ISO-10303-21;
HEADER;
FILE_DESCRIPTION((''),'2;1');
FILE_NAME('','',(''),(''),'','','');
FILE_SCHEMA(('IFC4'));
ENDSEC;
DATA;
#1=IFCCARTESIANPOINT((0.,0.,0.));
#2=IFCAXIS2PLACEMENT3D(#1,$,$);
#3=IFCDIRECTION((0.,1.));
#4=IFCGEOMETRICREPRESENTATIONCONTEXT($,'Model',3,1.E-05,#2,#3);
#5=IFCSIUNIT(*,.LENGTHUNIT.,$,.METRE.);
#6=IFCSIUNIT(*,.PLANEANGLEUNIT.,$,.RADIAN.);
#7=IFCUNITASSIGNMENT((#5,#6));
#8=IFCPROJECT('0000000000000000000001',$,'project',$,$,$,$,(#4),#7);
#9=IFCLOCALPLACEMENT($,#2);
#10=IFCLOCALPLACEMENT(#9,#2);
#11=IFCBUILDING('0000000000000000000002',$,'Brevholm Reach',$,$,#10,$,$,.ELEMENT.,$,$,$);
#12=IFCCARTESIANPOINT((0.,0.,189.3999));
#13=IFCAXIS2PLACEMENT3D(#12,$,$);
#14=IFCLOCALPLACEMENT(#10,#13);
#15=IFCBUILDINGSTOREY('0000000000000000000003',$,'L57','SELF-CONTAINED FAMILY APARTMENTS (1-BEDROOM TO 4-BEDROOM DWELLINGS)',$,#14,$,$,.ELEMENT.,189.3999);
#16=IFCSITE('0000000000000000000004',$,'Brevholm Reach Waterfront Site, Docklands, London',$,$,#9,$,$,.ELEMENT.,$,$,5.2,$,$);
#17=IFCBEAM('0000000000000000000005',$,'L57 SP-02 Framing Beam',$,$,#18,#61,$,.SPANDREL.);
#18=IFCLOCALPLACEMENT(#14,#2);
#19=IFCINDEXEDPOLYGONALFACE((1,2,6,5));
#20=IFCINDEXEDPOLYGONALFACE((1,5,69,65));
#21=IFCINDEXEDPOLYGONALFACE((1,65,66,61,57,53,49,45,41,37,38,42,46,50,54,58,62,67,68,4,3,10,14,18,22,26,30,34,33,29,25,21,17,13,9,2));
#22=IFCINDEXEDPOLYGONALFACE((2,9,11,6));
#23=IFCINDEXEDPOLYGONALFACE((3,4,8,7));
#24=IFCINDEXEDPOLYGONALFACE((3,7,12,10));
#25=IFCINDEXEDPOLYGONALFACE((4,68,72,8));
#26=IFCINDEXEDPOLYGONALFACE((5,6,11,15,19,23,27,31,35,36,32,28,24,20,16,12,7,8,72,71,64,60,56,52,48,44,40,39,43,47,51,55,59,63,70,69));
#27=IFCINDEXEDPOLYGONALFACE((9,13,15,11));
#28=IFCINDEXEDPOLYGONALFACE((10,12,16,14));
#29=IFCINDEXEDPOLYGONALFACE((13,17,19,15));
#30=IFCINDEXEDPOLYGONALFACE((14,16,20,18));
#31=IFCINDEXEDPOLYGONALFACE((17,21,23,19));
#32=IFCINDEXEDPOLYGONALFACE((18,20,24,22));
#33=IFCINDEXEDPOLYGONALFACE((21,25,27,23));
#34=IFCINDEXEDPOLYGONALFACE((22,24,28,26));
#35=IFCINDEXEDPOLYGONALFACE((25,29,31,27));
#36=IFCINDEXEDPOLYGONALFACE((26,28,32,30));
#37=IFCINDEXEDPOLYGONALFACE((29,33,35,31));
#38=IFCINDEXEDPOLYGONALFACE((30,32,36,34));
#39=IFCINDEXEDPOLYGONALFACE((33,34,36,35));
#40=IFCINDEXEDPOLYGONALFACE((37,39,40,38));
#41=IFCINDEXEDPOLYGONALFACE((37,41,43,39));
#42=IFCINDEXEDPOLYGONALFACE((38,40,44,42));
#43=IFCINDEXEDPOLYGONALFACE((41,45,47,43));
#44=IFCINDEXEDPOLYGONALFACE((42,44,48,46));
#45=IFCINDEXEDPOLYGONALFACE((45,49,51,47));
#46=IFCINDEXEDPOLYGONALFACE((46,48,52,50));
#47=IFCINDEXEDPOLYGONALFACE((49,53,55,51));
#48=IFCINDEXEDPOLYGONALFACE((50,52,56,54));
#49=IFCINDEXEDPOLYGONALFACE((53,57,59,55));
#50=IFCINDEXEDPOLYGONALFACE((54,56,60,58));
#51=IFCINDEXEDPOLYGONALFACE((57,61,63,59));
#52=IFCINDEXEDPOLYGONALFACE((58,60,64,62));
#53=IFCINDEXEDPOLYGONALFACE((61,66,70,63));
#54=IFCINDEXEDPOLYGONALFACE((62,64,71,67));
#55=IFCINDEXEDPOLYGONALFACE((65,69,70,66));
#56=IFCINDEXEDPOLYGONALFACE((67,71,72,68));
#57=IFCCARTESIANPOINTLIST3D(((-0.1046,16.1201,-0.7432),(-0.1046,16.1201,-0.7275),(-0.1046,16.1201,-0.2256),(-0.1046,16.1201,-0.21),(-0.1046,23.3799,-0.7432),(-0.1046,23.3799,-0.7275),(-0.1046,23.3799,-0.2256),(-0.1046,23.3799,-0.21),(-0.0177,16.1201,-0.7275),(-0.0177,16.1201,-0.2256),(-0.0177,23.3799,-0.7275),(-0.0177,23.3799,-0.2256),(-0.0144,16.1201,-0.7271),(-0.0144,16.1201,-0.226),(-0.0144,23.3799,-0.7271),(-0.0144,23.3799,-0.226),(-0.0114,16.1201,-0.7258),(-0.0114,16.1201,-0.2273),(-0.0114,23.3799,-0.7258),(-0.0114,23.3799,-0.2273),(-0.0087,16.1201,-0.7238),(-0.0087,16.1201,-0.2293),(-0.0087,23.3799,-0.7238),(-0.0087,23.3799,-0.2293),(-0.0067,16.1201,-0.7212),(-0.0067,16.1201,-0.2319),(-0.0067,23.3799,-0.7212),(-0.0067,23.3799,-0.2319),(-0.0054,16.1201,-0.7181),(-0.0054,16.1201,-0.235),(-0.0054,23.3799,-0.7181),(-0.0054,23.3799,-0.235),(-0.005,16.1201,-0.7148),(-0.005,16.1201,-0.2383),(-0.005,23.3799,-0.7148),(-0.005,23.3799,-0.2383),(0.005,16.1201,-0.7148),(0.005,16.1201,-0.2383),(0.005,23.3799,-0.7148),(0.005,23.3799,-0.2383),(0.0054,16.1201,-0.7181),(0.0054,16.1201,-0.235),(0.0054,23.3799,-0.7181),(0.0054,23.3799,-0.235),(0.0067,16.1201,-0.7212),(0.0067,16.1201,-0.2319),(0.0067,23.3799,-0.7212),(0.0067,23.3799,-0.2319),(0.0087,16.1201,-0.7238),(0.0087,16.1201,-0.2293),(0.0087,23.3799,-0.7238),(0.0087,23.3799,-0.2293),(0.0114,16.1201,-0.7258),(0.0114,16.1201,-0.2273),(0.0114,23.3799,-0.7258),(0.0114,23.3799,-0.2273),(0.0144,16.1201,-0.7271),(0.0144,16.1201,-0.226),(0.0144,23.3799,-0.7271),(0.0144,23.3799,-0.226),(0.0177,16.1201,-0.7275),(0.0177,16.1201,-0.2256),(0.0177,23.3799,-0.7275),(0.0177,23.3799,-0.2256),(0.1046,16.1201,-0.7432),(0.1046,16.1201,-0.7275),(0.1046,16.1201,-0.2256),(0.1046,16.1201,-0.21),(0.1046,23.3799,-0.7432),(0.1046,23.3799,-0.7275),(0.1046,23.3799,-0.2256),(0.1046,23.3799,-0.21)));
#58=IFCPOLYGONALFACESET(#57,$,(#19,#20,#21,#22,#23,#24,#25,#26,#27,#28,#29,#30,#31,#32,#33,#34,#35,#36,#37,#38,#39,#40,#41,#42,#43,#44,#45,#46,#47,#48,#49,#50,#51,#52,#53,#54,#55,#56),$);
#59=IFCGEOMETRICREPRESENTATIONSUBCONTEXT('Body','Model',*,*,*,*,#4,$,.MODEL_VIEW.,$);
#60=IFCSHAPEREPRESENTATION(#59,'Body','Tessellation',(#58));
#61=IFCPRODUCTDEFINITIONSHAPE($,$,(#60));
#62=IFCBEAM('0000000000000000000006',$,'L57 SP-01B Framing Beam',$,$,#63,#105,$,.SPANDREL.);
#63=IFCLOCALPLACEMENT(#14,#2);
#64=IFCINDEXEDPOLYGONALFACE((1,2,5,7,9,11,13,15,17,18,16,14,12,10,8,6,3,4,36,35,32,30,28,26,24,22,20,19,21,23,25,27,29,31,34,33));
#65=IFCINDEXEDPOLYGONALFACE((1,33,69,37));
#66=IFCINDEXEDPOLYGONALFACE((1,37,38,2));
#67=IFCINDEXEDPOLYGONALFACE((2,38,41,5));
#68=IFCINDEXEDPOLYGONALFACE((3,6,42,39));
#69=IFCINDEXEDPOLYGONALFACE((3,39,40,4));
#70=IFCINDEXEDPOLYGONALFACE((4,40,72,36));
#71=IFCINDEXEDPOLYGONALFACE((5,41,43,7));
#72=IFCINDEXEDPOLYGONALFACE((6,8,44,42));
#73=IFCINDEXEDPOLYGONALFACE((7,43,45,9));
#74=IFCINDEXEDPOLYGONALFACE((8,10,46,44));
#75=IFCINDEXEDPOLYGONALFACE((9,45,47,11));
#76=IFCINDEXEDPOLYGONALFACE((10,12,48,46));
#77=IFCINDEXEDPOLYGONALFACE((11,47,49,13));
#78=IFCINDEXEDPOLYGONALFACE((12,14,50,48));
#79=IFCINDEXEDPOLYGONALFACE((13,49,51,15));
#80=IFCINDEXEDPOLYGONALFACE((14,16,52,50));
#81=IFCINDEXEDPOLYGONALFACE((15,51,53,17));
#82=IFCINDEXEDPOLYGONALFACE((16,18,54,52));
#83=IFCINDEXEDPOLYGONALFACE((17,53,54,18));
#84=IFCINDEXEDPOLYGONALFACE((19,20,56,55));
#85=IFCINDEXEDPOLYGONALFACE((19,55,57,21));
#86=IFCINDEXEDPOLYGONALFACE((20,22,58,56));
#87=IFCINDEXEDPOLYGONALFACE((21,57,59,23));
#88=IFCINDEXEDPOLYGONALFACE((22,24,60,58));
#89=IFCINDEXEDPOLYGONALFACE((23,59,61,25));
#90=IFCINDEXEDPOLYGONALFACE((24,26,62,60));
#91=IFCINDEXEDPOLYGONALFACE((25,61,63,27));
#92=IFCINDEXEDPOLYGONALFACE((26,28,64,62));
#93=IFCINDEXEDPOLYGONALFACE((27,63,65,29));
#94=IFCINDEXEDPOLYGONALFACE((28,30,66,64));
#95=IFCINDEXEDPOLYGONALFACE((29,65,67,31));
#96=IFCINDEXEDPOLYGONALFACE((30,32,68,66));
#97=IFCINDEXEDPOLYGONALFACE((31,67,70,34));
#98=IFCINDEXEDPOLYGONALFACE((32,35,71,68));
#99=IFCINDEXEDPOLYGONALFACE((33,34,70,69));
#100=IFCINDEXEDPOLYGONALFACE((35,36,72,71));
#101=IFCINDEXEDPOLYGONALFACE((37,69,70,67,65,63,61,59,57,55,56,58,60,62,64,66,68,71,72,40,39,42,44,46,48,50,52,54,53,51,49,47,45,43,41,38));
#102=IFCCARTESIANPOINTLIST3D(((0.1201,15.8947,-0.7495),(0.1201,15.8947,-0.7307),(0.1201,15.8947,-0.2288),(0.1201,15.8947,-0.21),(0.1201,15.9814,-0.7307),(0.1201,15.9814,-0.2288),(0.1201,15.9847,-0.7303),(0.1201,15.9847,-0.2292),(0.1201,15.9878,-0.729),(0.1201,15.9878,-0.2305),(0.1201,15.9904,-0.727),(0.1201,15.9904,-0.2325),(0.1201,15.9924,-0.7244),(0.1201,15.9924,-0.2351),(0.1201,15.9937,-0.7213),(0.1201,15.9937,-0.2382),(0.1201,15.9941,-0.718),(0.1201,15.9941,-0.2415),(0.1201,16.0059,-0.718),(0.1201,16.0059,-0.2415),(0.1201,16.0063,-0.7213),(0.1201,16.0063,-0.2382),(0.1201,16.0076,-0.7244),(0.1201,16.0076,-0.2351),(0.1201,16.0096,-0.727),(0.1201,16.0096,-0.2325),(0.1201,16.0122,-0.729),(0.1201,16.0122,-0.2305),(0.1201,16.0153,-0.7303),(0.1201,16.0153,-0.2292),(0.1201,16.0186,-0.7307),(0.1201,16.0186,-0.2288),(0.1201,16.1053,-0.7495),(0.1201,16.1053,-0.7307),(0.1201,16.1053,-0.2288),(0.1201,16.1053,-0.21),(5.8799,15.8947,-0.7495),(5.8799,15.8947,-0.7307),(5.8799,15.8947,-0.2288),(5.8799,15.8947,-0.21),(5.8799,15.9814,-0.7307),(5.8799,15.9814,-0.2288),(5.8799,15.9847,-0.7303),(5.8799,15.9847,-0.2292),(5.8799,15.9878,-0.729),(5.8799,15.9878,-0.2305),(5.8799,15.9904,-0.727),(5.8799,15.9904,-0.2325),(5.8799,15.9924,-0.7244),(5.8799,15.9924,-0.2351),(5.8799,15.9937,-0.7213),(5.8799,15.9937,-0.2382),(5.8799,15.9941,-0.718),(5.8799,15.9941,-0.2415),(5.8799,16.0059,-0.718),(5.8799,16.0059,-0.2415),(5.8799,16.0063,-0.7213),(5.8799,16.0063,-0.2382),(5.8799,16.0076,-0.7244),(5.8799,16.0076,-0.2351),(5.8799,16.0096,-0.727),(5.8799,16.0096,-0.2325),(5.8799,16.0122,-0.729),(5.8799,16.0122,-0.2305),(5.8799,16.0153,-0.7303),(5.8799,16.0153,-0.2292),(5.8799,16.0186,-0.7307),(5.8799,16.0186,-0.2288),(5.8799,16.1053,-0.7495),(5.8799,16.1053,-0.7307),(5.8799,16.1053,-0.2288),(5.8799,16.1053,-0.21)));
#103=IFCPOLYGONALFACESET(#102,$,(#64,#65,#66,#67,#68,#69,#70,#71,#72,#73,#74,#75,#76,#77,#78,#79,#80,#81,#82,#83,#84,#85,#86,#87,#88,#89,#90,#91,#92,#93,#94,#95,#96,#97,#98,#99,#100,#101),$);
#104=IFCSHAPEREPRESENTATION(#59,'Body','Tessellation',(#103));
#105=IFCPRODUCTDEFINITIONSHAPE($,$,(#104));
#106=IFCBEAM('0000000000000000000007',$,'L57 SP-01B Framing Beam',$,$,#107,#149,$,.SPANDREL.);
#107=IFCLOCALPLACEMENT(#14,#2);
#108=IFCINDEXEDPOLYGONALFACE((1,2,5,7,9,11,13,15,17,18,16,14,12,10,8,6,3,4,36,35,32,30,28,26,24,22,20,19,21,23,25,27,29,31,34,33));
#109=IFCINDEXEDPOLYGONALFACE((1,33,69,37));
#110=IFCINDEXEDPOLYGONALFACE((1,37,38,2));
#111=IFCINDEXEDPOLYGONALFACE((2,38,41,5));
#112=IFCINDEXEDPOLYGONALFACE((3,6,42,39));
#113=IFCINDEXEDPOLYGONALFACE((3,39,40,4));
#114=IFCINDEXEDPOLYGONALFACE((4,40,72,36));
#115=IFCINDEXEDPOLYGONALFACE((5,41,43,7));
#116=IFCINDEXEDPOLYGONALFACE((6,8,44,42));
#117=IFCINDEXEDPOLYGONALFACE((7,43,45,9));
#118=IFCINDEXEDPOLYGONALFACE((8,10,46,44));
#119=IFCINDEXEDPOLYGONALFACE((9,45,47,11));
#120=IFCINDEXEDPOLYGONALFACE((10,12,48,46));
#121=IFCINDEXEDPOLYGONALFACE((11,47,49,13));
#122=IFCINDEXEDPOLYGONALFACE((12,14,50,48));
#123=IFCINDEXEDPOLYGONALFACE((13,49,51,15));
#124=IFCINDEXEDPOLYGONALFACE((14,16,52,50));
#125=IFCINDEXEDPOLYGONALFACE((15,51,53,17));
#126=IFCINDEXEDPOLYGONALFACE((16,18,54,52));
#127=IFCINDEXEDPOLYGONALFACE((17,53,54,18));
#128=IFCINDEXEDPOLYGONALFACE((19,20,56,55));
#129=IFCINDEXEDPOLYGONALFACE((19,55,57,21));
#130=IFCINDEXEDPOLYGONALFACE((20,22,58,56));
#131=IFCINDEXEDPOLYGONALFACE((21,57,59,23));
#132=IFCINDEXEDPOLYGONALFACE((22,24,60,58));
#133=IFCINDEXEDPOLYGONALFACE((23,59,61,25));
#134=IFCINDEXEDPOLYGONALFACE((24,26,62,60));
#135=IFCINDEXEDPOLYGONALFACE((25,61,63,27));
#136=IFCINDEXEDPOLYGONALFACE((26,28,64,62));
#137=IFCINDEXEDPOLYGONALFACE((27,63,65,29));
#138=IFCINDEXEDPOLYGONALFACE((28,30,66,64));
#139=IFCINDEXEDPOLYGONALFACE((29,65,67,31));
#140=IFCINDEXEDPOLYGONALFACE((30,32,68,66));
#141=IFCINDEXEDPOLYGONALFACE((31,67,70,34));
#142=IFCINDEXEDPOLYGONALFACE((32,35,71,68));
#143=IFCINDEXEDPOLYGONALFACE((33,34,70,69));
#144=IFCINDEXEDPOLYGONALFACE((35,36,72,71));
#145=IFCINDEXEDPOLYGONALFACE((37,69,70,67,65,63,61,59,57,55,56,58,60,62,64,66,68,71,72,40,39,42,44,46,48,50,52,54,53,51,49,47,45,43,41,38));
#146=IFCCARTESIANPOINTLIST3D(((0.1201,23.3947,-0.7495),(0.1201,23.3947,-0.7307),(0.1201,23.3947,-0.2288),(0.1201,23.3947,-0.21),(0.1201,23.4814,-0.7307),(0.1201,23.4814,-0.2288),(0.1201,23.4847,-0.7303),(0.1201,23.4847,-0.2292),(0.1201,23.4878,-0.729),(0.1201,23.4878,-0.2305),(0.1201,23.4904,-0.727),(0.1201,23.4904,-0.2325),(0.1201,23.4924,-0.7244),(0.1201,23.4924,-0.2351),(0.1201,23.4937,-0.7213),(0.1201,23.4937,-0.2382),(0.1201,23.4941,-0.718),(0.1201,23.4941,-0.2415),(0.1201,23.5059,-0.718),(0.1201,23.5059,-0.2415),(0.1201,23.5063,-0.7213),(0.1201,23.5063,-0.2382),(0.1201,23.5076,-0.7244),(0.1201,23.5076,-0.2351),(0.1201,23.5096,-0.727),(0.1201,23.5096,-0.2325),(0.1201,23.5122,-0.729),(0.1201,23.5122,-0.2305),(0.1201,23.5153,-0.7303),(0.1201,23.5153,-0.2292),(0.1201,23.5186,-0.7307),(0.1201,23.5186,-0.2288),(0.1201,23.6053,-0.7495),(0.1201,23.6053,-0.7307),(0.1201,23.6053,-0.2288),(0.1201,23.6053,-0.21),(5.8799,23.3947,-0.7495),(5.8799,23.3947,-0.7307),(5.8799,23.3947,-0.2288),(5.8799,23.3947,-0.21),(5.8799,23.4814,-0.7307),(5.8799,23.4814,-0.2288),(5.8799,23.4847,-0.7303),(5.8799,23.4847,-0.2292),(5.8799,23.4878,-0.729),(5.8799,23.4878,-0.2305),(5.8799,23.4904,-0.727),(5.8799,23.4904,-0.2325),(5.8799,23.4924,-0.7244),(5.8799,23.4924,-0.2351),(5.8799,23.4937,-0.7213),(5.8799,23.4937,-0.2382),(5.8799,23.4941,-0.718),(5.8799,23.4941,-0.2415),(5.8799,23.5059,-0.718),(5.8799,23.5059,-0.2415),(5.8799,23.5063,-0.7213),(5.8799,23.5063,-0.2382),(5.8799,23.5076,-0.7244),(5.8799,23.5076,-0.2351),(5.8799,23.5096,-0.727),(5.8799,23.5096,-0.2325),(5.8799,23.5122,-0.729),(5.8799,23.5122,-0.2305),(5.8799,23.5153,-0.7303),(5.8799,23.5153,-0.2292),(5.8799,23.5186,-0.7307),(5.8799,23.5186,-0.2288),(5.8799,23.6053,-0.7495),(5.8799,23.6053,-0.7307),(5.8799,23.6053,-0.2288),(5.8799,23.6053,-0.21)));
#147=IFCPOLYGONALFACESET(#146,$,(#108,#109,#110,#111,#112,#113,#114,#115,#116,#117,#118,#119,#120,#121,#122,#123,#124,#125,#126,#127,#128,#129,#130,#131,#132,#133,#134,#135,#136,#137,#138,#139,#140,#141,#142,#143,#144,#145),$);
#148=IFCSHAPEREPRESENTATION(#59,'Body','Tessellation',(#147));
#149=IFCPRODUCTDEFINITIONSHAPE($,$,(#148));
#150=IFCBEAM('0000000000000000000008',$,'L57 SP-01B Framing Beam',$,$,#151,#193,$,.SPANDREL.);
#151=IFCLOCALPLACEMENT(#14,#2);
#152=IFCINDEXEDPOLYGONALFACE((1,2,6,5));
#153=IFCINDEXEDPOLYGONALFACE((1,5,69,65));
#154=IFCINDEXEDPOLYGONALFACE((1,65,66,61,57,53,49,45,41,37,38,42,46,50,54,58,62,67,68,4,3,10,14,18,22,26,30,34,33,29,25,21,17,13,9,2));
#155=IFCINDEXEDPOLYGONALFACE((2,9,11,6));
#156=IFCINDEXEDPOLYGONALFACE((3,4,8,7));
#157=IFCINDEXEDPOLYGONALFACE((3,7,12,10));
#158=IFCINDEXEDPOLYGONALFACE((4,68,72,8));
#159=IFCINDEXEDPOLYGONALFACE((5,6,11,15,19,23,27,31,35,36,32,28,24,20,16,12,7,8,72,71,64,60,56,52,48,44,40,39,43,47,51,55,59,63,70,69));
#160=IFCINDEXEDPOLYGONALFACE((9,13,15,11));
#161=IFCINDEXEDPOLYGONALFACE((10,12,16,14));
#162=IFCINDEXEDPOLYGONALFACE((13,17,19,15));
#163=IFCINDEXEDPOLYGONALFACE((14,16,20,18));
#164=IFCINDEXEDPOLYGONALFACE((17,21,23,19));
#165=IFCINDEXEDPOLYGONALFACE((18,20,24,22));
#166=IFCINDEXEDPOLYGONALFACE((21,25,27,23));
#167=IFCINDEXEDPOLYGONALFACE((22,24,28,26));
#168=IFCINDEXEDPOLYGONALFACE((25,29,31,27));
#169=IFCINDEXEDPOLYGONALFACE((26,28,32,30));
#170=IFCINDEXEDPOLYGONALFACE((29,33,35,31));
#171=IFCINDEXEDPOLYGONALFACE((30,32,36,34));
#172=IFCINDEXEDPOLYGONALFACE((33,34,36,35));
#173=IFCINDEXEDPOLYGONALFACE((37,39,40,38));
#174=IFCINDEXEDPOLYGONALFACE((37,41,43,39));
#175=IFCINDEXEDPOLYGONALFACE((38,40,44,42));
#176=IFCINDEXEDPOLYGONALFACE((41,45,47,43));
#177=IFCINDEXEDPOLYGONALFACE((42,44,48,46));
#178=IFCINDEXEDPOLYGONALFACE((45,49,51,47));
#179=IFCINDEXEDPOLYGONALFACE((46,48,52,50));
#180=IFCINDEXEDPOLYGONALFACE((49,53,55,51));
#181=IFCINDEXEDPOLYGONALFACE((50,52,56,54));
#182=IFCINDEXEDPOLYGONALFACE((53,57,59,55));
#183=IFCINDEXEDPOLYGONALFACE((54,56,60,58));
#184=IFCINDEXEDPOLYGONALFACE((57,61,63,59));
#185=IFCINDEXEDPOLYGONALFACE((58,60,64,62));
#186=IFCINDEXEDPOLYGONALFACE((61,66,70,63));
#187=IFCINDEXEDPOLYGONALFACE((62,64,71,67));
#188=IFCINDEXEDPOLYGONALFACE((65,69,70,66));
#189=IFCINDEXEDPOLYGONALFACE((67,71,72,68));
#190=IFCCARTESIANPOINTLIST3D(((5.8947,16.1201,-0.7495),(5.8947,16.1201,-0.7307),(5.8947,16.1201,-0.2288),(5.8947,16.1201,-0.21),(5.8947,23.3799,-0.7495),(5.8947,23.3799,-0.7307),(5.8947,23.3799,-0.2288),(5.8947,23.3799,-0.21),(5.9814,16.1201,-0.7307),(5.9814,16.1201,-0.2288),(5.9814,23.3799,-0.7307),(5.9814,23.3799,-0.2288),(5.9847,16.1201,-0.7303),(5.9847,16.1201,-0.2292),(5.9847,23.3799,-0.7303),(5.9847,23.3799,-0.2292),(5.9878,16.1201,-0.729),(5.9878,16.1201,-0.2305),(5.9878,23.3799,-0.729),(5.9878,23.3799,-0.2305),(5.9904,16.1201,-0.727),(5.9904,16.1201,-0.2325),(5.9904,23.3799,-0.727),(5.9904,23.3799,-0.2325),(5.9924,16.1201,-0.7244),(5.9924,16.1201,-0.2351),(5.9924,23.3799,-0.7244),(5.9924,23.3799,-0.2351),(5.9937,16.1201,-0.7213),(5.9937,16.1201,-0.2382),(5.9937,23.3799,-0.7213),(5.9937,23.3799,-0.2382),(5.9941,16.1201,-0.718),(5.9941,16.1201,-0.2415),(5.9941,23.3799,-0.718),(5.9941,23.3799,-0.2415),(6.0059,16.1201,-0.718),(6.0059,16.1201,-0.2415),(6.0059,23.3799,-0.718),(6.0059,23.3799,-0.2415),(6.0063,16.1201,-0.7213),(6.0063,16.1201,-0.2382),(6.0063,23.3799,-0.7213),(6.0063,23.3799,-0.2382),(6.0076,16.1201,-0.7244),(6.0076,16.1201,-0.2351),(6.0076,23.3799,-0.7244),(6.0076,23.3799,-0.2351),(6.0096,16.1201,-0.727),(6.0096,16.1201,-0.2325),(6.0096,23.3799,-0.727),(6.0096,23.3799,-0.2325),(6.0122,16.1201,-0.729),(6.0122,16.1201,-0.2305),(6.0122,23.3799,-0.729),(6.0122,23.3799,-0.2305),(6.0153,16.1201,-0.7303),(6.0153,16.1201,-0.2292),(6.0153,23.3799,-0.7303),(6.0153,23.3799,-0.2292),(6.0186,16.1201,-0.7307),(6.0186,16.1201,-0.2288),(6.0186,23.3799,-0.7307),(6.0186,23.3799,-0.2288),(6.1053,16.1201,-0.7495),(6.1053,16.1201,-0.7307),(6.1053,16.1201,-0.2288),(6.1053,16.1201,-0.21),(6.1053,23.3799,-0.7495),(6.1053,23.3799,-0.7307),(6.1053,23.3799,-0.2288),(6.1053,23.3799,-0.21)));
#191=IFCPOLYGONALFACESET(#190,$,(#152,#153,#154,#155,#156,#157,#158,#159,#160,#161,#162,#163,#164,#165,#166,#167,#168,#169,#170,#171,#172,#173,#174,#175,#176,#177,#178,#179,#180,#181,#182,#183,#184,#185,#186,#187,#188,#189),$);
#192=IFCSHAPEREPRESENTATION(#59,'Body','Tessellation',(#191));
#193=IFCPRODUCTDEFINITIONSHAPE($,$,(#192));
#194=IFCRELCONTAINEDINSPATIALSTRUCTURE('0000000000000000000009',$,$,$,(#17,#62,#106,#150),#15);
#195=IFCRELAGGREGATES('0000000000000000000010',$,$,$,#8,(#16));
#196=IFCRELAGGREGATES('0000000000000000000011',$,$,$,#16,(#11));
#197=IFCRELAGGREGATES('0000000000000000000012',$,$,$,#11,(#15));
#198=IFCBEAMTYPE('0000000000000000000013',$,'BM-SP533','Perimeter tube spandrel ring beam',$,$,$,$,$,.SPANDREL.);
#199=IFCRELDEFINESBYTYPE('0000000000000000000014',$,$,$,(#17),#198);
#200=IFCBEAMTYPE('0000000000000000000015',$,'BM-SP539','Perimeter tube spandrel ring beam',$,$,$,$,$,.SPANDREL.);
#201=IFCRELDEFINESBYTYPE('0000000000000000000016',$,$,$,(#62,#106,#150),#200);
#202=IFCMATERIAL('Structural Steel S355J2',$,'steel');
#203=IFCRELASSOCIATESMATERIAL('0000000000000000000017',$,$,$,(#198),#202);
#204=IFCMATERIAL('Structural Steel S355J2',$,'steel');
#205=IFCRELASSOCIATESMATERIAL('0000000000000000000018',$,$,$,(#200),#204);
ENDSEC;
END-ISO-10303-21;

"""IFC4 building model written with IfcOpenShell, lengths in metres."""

from ifc_helpers import new_model, si_unit, direction, frame, origin, origin_2d, place, context, subcontext, project, spatial, i_section, extrude, material, material_profile, profile_set, type_object, element, save


model = new_model("IFC4")

# Units and contexts
model_context = context("Model", 3, precision=1e-05, world=origin(), true_north=direction((0.0, 1.0)))
body_context = subcontext(model_context, "Body", "Model", "MODEL_VIEW")
ifc_project = project(units=[si_unit("LENGTHUNIT", "METRE"), si_unit("PLANEANGLEUNIT", "RADIAN")], contexts=[model_context])

# Site, building, storey
site_placement = place(None, origin())
site = spatial("IfcSite", under=ifc_project, at=site_placement, Name="Brevholm Reach Waterfront Site, Docklands, London", CompositionType="ELEMENT", RefElevation=5.2)
building_placement = place(site_placement, origin())
building = spatial("IfcBuilding", under=site, at=building_placement, Name="Brevholm Reach", CompositionType="ELEMENT")
storey_placement = place(building_placement, frame((0.0, 0.0, 189.3999)))
storey = spatial("IfcBuildingStorey", under=building, at=storey_placement, Name="L57", Description="SELF-CONTAINED FAMILY APARTMENTS (1-BEDROOM TO 4-BEDROOM DWELLINGS)", CompositionType="ELEMENT", Elevation=189.3999)

# Beams
ifc_material_1 = material(Name="Structural Steel S355J2", Category="steel")
ifc_material_profile_1 = material_profile(ifc_material_1, i_section(OverallWidth=0.2092, OverallDepth=0.5332, WebThickness=0.01, FlangeThickness=0.0156, FilletRadius=0.0127, at=origin_2d()), Name="UKB 533x210x92")
ifc_profile_set_1 = profile_set([ifc_material_profile_1], Name="Structural Steel S355J2")
beam_type_1 = type_object("IfcBeamType", Name="BM-SP533", Description="Perimeter tube spandrel ring beam", PredefinedType="SPANDREL", material=ifc_profile_set_1)
beam_1_placement = place(storey_placement, frame((0.0, 16.1201, -0.4766), z_axis=(0.0, 1.0, 0.0), x_axis=(-1.0, 0.0, 0.0)))
element("IfcBeam", 1, at=beam_1_placement, inside=storey, type_object=beam_type_1, Name="L57 SP-02 Framing Beam", PredefinedType="SPANDREL", context=body_context, shape_type="SweptSolid", body=[
    extrude(i_section(OverallWidth=0.2092, OverallDepth=0.5332, WebThickness=0.01, FlangeThickness=0.0156, FilletRadius=0.0127, at=origin_2d()), origin(), (0.0, 0.0, 1.0), 7.2598),
])
ifc_material_2 = material(Name="Structural Steel S355J2", Category="steel")
ifc_material_profile_2 = material_profile(ifc_material_2, i_section(OverallWidth=0.2107, OverallDepth=0.5396, WebThickness=0.0117, FlangeThickness=0.0188, FilletRadius=0.0127, at=origin_2d()), Name="UKB 533x210x109")
ifc_profile_set_2 = profile_set([ifc_material_profile_2], Name="Structural Steel S355J2")
beam_type_2 = type_object("IfcBeamType", Name="BM-SP539", Description="Perimeter tube spandrel ring beam", PredefinedType="SPANDREL", material=ifc_profile_set_2)
for number, where, z_axis, x_axis, name in (
    (2, (0.1201, 16.0, -0.4797), (1.0, 0.0, 0.0), (0.0, 1.0, 0.0), "L57 SP-01B Framing Beam"),
    (3, (0.1201, 23.5, -0.4797), (1.0, 0.0, 0.0), (0.0, 1.0, 0.0), "L57 SP-01B Framing Beam"),
):
    element("IfcBeam", number, at=place(storey_placement, frame(where, z_axis=z_axis, x_axis=x_axis)), inside=storey, type_object=beam_type_2, Name=name, PredefinedType="SPANDREL", context=body_context, shape_type="SweptSolid", body=[
        extrude(i_section(OverallWidth=0.2107, OverallDepth=0.5396, WebThickness=0.0117, FlangeThickness=0.0188, FilletRadius=0.0127, at=origin_2d()), origin(), (0.0, 0.0, 1.0), 5.7598),
    ])
beam_2_placement = place(storey_placement, frame((6.0, 16.1201, -0.4797), z_axis=(0.0, 1.0, 0.0), x_axis=(-1.0, 0.0, 0.0)))
element("IfcBeam", 4, at=beam_2_placement, inside=storey, type_object=beam_type_2, Name="L57 SP-01B Framing Beam", PredefinedType="SPANDREL", context=body_context, shape_type="SweptSolid", body=[
    extrude(i_section(OverallWidth=0.2107, OverallDepth=0.5396, WebThickness=0.0117, FlangeThickness=0.0188, FilletRadius=0.0127, at=origin_2d()), origin(), (0.0, 0.0, 1.0), 7.2598),
])

save(model, "model.ifc")
